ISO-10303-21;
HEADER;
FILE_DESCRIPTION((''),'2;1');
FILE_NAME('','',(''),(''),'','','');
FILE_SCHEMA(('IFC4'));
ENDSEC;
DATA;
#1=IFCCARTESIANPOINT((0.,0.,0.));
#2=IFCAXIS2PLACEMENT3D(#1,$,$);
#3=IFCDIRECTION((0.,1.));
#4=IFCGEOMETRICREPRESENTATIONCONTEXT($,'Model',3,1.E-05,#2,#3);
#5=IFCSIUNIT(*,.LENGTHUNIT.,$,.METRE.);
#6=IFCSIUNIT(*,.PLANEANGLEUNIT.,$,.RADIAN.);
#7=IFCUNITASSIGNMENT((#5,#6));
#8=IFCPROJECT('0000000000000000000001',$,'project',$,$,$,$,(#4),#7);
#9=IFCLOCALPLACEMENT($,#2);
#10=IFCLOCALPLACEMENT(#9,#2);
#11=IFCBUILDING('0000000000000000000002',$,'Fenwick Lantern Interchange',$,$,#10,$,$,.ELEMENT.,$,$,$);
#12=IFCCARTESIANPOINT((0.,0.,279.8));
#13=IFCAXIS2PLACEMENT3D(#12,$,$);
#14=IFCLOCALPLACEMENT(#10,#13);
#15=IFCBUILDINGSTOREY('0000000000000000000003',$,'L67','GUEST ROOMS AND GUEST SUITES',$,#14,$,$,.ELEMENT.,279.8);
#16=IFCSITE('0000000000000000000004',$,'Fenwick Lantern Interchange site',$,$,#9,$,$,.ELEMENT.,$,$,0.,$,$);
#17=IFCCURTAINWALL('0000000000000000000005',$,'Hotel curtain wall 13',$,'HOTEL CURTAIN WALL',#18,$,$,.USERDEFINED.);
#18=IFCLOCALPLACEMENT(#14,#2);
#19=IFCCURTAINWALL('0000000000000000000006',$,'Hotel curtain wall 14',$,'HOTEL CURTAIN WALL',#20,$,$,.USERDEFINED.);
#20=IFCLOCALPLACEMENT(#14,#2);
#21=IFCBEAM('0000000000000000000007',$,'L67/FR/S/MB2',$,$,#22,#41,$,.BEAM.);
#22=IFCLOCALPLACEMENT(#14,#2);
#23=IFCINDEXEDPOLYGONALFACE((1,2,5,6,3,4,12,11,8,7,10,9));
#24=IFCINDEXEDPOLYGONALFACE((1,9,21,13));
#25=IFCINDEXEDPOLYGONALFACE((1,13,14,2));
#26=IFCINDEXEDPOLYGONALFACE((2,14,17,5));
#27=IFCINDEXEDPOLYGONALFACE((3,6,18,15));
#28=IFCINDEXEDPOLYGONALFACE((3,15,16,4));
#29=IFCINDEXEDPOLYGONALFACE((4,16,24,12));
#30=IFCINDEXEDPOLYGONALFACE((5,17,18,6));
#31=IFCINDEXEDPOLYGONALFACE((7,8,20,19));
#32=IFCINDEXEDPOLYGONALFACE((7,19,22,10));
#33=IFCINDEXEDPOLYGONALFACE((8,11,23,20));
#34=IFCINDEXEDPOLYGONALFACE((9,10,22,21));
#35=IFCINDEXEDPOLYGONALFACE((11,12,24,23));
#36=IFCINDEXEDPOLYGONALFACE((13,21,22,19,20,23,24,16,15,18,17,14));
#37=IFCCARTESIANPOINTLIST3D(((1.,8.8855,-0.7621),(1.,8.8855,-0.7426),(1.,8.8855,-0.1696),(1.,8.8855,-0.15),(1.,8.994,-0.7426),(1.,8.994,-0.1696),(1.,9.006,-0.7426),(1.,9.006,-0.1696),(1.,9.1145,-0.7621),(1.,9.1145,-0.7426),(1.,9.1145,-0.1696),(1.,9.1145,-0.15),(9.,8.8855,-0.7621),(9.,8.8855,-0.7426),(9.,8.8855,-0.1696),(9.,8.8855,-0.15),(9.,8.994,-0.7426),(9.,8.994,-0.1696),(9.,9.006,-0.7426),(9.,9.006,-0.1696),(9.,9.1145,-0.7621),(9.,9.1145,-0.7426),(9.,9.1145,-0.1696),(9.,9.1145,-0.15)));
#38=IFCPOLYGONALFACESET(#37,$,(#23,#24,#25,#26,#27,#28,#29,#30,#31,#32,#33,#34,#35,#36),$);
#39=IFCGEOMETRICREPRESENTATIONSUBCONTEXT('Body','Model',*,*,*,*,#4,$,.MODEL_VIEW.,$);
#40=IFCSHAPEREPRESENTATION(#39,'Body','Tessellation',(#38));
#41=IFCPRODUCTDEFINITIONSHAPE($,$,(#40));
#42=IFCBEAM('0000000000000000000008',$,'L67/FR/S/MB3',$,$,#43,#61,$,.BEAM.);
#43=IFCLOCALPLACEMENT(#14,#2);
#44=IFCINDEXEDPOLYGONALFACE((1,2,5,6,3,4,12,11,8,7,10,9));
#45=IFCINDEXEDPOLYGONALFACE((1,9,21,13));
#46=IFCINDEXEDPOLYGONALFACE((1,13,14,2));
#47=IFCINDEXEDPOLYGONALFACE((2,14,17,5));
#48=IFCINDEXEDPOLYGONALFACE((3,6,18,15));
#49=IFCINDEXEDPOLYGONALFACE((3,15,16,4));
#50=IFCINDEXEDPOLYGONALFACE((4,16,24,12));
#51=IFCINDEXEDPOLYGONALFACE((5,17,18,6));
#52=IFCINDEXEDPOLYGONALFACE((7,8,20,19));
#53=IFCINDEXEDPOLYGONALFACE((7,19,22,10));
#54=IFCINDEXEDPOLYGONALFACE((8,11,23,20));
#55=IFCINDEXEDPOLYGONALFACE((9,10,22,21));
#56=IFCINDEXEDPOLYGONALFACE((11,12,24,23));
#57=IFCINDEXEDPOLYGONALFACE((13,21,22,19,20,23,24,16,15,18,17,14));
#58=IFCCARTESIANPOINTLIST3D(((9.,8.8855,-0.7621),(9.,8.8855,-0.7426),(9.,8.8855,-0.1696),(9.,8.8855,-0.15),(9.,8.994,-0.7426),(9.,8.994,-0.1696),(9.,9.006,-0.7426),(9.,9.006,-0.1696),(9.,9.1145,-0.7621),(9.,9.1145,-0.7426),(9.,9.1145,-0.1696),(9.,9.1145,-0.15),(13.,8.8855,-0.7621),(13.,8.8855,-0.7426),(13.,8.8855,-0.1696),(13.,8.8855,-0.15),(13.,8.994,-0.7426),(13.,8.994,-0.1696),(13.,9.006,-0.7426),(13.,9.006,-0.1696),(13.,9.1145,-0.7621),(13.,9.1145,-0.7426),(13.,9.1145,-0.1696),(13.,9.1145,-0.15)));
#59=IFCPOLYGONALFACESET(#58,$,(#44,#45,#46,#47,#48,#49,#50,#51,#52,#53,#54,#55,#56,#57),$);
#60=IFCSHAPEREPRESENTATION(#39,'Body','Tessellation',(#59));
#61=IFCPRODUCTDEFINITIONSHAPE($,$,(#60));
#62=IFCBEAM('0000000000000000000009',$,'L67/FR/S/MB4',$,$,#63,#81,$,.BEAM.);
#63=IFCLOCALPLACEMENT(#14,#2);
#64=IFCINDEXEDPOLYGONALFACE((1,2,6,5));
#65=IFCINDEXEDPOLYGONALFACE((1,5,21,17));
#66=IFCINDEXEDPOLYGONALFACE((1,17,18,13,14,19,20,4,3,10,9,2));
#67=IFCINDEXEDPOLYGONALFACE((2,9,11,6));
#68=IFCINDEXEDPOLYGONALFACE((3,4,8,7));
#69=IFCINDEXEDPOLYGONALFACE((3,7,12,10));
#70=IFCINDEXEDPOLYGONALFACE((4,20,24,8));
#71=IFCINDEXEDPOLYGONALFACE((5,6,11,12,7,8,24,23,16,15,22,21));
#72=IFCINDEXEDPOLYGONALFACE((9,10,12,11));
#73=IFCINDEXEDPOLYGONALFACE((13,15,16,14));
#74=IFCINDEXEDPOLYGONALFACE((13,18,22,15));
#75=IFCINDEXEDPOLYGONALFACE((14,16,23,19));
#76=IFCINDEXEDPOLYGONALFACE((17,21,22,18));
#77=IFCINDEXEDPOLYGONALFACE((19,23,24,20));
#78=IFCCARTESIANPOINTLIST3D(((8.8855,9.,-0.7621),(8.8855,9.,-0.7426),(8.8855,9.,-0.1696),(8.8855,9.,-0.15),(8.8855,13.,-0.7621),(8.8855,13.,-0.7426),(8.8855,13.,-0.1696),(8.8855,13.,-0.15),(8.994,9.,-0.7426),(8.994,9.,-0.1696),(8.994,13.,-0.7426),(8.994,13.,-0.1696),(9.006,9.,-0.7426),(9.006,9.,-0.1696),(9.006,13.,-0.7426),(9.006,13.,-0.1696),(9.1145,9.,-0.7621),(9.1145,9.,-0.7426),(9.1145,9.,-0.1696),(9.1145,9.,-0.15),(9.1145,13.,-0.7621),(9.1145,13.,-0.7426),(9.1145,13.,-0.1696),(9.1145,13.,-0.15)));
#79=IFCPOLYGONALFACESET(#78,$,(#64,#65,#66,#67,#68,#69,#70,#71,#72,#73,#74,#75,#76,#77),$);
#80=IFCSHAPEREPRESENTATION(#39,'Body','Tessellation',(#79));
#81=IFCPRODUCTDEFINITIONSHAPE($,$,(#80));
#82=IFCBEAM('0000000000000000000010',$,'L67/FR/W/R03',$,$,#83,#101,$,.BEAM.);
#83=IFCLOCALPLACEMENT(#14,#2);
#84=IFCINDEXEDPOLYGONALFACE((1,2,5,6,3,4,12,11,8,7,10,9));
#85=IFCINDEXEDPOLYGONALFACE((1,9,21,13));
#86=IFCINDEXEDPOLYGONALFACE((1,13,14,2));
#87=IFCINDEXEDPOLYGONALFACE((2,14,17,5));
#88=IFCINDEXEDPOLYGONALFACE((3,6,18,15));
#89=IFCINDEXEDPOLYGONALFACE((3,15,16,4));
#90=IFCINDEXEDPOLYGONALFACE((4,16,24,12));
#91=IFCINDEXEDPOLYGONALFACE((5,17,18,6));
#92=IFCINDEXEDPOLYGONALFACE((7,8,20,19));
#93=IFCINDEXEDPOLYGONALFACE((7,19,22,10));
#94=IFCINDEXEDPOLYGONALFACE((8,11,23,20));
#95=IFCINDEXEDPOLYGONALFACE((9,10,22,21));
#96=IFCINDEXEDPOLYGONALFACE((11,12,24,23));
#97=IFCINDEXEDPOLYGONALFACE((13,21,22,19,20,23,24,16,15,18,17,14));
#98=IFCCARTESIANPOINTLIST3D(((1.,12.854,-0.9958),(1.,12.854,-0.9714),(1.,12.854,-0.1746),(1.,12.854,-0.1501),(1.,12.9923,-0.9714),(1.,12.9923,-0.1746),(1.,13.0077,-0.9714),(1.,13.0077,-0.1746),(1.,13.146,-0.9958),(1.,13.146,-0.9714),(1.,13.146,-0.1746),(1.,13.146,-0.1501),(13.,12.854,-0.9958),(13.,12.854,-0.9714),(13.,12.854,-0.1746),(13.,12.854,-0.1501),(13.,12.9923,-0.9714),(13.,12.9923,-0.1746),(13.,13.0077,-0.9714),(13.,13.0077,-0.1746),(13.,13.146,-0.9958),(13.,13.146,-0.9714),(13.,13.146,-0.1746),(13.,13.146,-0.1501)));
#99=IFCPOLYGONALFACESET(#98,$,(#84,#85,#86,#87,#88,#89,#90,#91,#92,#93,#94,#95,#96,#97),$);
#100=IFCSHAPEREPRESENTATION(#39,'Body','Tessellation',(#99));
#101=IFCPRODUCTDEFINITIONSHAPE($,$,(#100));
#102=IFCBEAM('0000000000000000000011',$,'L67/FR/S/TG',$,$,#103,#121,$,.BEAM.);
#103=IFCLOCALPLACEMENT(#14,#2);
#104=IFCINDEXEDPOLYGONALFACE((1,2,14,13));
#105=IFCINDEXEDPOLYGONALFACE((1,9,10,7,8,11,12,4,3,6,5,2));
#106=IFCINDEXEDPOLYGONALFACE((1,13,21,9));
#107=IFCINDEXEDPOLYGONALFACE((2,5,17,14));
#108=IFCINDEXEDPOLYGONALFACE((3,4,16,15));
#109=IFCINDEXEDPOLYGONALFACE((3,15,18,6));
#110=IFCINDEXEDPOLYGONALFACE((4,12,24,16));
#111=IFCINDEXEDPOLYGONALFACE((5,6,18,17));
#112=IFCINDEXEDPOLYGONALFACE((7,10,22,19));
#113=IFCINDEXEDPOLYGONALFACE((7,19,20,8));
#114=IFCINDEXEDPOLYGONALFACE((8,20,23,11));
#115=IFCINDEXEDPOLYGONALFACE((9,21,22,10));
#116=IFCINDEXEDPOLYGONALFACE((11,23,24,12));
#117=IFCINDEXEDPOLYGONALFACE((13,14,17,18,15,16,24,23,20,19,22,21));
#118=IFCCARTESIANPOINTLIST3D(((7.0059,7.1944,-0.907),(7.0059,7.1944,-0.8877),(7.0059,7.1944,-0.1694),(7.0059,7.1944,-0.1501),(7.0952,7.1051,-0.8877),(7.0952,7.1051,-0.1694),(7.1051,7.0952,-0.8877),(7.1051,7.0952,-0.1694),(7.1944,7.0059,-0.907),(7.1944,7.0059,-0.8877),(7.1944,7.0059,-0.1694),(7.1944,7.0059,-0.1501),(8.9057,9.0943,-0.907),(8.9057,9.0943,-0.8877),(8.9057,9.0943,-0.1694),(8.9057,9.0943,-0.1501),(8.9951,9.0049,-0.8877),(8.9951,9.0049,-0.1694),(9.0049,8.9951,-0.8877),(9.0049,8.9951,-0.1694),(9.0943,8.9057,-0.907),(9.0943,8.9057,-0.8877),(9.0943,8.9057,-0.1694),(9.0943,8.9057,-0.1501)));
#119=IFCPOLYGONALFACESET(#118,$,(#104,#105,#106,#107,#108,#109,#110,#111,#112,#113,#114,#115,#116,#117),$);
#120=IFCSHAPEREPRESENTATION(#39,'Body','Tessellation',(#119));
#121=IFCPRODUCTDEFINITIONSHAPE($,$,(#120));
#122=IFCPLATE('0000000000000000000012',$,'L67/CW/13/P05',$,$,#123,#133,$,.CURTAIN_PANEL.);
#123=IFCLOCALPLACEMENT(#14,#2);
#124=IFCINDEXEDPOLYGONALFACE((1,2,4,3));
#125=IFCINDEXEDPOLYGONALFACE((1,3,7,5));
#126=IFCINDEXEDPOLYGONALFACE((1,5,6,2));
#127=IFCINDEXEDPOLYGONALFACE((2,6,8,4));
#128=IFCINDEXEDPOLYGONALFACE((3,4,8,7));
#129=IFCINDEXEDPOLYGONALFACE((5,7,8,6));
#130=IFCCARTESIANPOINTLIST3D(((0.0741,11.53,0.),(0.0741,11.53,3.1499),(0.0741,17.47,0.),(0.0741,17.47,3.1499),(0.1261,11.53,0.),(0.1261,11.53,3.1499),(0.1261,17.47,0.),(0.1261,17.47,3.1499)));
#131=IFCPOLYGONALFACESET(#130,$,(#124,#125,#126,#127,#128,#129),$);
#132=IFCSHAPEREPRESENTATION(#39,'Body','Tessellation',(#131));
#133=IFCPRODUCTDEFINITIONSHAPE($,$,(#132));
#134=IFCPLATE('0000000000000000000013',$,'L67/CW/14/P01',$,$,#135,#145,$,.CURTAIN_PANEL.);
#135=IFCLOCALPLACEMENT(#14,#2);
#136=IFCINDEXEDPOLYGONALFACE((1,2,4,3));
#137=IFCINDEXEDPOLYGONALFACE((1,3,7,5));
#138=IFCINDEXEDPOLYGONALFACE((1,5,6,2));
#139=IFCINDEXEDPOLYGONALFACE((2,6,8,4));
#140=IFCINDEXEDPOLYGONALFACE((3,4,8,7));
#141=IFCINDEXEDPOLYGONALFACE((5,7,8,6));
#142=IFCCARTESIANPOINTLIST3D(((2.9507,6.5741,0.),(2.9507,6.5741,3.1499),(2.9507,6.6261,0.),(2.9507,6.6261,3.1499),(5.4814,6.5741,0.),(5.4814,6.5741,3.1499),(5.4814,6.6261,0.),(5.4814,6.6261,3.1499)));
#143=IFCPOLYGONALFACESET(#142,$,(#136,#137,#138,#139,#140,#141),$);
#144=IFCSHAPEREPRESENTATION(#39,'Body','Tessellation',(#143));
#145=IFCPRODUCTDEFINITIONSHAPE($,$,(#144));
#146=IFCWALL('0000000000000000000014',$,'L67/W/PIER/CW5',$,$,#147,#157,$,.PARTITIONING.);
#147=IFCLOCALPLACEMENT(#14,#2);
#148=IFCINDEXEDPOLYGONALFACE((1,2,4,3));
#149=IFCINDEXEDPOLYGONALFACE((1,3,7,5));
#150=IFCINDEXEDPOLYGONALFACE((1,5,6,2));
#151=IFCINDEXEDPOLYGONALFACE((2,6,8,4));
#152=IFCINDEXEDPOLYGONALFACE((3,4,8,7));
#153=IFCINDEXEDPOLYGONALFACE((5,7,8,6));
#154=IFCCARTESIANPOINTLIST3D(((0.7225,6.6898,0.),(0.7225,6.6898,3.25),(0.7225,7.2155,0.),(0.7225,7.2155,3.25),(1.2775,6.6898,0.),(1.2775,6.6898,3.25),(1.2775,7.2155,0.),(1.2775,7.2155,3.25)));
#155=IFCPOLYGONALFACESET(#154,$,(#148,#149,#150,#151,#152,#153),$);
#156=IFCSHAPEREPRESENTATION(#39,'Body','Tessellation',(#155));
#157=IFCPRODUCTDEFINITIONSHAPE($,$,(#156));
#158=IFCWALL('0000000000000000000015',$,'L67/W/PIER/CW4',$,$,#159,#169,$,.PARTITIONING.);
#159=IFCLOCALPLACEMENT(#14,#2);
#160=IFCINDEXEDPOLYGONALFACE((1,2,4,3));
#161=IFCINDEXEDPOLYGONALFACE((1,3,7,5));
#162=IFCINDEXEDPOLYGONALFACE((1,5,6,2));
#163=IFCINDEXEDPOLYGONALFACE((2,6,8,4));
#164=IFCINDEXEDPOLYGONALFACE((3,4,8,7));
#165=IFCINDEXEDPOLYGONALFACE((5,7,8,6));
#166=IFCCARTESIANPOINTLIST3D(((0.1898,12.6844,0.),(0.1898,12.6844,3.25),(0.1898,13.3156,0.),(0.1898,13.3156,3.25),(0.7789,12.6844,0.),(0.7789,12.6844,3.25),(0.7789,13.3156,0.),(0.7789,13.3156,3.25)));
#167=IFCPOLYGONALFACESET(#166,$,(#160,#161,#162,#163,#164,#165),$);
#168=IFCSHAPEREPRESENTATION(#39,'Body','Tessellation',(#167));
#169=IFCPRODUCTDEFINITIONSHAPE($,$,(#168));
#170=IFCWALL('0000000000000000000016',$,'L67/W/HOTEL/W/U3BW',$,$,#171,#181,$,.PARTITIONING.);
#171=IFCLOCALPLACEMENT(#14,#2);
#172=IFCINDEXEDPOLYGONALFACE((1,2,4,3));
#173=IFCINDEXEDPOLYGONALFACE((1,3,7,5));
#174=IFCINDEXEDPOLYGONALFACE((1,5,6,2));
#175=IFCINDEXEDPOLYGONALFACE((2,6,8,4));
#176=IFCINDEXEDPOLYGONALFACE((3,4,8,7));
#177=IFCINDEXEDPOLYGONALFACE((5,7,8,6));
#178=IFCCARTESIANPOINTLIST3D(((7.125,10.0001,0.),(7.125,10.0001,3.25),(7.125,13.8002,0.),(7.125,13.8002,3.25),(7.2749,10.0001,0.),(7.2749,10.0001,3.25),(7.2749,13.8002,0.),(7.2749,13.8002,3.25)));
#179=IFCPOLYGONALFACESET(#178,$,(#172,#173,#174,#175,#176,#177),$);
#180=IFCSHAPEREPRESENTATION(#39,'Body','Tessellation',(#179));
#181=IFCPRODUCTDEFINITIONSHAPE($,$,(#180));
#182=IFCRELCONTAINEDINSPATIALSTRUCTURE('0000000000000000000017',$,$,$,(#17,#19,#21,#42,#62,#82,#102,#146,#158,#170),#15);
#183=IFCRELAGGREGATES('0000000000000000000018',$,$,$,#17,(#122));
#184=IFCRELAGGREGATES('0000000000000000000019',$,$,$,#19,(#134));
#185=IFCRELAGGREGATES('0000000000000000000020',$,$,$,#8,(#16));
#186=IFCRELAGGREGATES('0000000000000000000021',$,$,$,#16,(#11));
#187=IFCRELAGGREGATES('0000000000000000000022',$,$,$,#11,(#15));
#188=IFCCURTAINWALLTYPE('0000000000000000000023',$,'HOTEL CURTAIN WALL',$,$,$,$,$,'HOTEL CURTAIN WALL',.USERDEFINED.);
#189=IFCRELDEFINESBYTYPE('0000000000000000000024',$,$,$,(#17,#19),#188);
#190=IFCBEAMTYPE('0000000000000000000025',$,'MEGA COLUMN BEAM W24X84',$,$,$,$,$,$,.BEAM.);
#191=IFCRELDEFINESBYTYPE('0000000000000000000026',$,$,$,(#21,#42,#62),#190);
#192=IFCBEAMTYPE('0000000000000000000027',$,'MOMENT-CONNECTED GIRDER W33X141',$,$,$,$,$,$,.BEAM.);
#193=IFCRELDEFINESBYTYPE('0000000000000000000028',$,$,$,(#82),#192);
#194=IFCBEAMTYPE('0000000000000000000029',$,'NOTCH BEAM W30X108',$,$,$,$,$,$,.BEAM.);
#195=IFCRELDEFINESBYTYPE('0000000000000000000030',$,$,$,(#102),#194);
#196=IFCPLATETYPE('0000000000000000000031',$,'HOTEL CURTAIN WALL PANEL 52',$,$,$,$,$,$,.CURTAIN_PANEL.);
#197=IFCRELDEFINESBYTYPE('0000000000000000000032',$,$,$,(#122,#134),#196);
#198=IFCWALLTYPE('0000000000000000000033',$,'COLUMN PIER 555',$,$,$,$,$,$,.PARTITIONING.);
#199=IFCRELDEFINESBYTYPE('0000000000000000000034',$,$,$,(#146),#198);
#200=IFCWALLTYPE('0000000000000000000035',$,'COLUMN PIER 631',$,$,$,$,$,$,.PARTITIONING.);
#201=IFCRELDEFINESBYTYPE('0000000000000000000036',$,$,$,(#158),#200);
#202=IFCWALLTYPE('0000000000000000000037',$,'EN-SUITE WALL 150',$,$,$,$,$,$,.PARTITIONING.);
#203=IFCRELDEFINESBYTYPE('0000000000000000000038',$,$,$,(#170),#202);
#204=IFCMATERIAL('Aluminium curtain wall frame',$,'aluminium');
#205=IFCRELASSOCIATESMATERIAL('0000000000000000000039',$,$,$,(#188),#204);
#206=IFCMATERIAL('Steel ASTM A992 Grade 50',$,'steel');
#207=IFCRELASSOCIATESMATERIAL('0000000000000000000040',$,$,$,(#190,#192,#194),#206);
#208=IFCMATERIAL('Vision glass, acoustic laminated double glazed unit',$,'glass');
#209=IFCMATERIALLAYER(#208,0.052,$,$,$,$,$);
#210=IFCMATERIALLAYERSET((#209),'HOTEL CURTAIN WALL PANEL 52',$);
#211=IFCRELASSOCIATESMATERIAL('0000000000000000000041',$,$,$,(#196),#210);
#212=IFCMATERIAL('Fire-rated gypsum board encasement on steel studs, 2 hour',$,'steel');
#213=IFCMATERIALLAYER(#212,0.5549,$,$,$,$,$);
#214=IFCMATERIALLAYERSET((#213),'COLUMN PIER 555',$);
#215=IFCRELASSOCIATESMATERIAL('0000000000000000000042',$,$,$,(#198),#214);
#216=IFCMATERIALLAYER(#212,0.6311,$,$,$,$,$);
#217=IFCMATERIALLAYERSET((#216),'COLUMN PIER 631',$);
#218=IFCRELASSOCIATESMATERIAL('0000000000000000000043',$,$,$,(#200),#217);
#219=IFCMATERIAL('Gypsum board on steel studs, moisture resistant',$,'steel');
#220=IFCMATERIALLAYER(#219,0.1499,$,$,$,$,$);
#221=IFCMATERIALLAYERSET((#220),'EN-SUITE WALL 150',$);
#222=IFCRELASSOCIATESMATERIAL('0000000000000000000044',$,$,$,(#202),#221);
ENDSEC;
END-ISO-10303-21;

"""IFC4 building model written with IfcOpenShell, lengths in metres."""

from ifc_helpers import new_model, si_unit, direction, frame, frame_2d, origin, origin_2d, place, context, subcontext, project, spatial, rectangle, i_section, extrude, material, layer, layer_set, material_profile, profile_set, type_object, element, aggregate, save


model = new_model("IFC4")

# Units and contexts
model_context = context("Model", 3, precision=1e-05, world=origin(), true_north=direction((0.0, 1.0)))
body_context = subcontext(model_context, "Body", "Model", "MODEL_VIEW")
ifc_project = project(units=[si_unit("LENGTHUNIT", "METRE"), si_unit("PLANEANGLEUNIT", "RADIAN")], contexts=[model_context])

# Site, building, storey
site_placement = place(None, origin())
site = spatial("IfcSite", under=ifc_project, at=site_placement, Name="Fenwick Lantern Interchange site", CompositionType="ELEMENT", RefElevation=0.0)
building_placement = place(site_placement, origin())
building = spatial("IfcBuilding", under=site, at=building_placement, Name="Fenwick Lantern Interchange", CompositionType="ELEMENT")
storey_placement = place(building_placement, frame((0.0, 0.0, 279.8)))
storey = spatial("IfcBuildingStorey", under=building, at=storey_placement, Name="L67", Description="GUEST ROOMS AND GUEST SUITES", CompositionType="ELEMENT", Elevation=279.8)

# Shared definitions
ifc_material_1 = material(Name="Steel ASTM A992 Grade 50", Category="steel")

# Curtain walls
ifc_material_2 = material(Name="Aluminium curtain wall frame", Category="aluminium")
curtain_wall_type = type_object("IfcCurtainWallType", Name="HOTEL CURTAIN WALL", ElementType="HOTEL CURTAIN WALL", PredefinedType="USERDEFINED", material=ifc_material_2)
curtain_wall_1_placement = place(storey_placement, origin())
curtain_wall_1 = element("IfcCurtainWall", 1, at=curtain_wall_1_placement, inside=storey, type_object=curtain_wall_type, Name="Hotel curtain wall 13", ObjectType="HOTEL CURTAIN WALL", PredefinedType="USERDEFINED")
curtain_wall_2_placement = place(storey_placement, origin())
curtain_wall_2 = element("IfcCurtainWall", 2, at=curtain_wall_2_placement, inside=storey, type_object=curtain_wall_type, Name="Hotel curtain wall 14", ObjectType="HOTEL CURTAIN WALL", PredefinedType="USERDEFINED")

# Beams
ifc_material_profile_1 = material_profile(ifc_material_1, i_section(OverallWidth=0.229, OverallDepth=0.6121, WebThickness=0.012, FlangeThickness=0.0195, at=origin_2d()), Name="W24X84")
ifc_profile_set_1 = profile_set([ifc_material_profile_1], Name="Steel ASTM A992 Grade 50")
beam_type_1 = type_object("IfcBeamType", Name="MEGA COLUMN BEAM W24X84", PredefinedType="BEAM", material=ifc_profile_set_1)
for number, where, z_axis, x_axis, name in (
    (3, (9.0, 9.0, -0.4561), (-1.0, 0.0, 0.0), (0.0, -1.0, 0.0), "L67/FR/S/MB2"),
):
    element("IfcBeam", number, at=place(storey_placement, frame(where, z_axis=z_axis, x_axis=x_axis)), inside=storey, type_object=beam_type_1, Name=name, PredefinedType="BEAM", context=body_context, shape_type="SweptSolid", body=[
        extrude(i_section(OverallWidth=0.229, OverallDepth=0.6121, WebThickness=0.012, FlangeThickness=0.0195, at=origin_2d()), origin(), (0.0, 0.0, 1.0), 8.0),
    ])
for number, where, z_axis, x_axis, name in (
    (4, (9.0, 9.0, -0.4561), (1.0, 0.0, 0.0), (0.0, 1.0, 0.0), "L67/FR/S/MB3"),
    (5, (9.0, 9.0, -0.4561), (0.0, 1.0, 0.0), (-1.0, 0.0, 0.0), "L67/FR/S/MB4"),
):
    element("IfcBeam", number, at=place(storey_placement, frame(where, z_axis=z_axis, x_axis=x_axis)), inside=storey, type_object=beam_type_1, Name=name, PredefinedType="BEAM", context=body_context, shape_type="SweptSolid", body=[
        extrude(i_section(OverallWidth=0.229, OverallDepth=0.6121, WebThickness=0.012, FlangeThickness=0.0195, at=origin_2d()), origin(), (0.0, 0.0, 1.0), 4.0),
    ])
ifc_material_profile_2 = material_profile(ifc_material_1, i_section(OverallWidth=0.292, OverallDepth=0.8457, WebThickness=0.0154, FlangeThickness=0.0244, at=origin_2d()), Name="W33X141")
ifc_profile_set_2 = profile_set([ifc_material_profile_2], Name="Steel ASTM A992 Grade 50")
beam_type_2 = type_object("IfcBeamType", Name="MOMENT-CONNECTED GIRDER W33X141", PredefinedType="BEAM", material=ifc_profile_set_2)
beam_1_placement = place(storey_placement, frame((1.0, 13.0, -0.573), z_axis=(1.0, 0.0, 0.0), x_axis=(0.0, 1.0, 0.0)))
element("IfcBeam", 6, at=beam_1_placement, inside=storey, type_object=beam_type_2, Name="L67/FR/W/R03", PredefinedType="BEAM", context=body_context, shape_type="SweptSolid", body=[
    extrude(i_section(OverallWidth=0.292, OverallDepth=0.8457, WebThickness=0.0154, FlangeThickness=0.0244, at=origin_2d()), origin(), (0.0, 0.0, 1.0), 12.0),
])
ifc_material_profile_3 = material_profile(ifc_material_1, i_section(OverallWidth=0.2666, OverallDepth=0.7568, WebThickness=0.0139, FlangeThickness=0.0193, at=origin_2d()), Name="W30X108")
ifc_profile_set_3 = profile_set([ifc_material_profile_3], Name="Steel ASTM A992 Grade 50")
beam_type_3 = type_object("IfcBeamType", Name="NOTCH BEAM W30X108", PredefinedType="BEAM", material=ifc_profile_set_3)
beam_2_placement = place(storey_placement, frame((9.0, 9.0, -0.5286), z_axis=(-0.707107, -0.707107, 0.0), x_axis=(0.707107, -0.707107, 0.0)))
element("IfcBeam", 7, at=beam_2_placement, inside=storey, type_object=beam_type_3, Name="L67/FR/S/TG", PredefinedType="BEAM", context=body_context, shape_type="SweptSolid", body=[
    extrude(i_section(OverallWidth=0.2666, OverallDepth=0.7568, WebThickness=0.0139, FlangeThickness=0.0193, at=origin_2d()), origin(), (0.0, 0.0, 1.0), 2.6868),
])

# Plates
ifc_material_3 = material(Name="Vision glass, acoustic laminated double glazed unit", Category="glass")
ifc_layer_1 = layer(ifc_material_3, 0.052)
ifc_layer_set_1 = layer_set([ifc_layer_1], Name="HOTEL CURTAIN WALL PANEL 52")
plate_type = type_object("IfcPlateType", Name="HOTEL CURTAIN WALL PANEL 52", PredefinedType="CURTAIN_PANEL", material=ifc_layer_set_1)
plate_1_placement = place(storey_placement, frame((0.1001, 14.5, 0.0), z_axis=(0.0, 0.0, 1.0), x_axis=(0.0, -1.0, 0.0)))
plate_1 = element("IfcPlate", 8, at=plate_1_placement, type_object=plate_type, Name="L67/CW/13/P05", PredefinedType="CURTAIN_PANEL", context=body_context, shape_type="SweptSolid", body=[
    extrude(rectangle(XDim=5.9399, YDim=0.052, at=origin_2d()), origin(), (0.0, 0.0, 1.0), 3.1499),
])
aggregate(curtain_wall_1, [plate_1])
plate_2_placement = place(storey_placement, frame((4.2161, 6.6001, 0.0), z_axis=(0.0, 0.0, 1.0), x_axis=(1.0, 0.0, 0.0)))
plate_2 = element("IfcPlate", 9, at=plate_2_placement, type_object=plate_type, Name="L67/CW/14/P01", PredefinedType="CURTAIN_PANEL", context=body_context, shape_type="SweptSolid", body=[
    extrude(rectangle(XDim=2.5308, YDim=0.052, at=origin_2d()), origin(), (0.0, 0.0, 1.0), 3.1499),
])
aggregate(curtain_wall_2, [plate_2])

# Walls
ifc_material_4 = material(Name="Fire-rated gypsum board encasement on steel studs, 2 hour", Category="steel")
ifc_layer_2 = layer(ifc_material_4, 0.5549)
ifc_layer_set_2 = layer_set([ifc_layer_2], Name="COLUMN PIER 555")
wall_type_1 = type_object("IfcWallType", Name="COLUMN PIER 555", PredefinedType="PARTITIONING", material=ifc_layer_set_2)
wall_1_placement = place(storey_placement, frame((1.0, 6.6899, 0.0), z_axis=(0.0, 0.0, 1.0), x_axis=(0.0, 1.0, 0.0)))
element("IfcWall", 10, at=wall_1_placement, inside=storey, type_object=wall_type_1, Name="L67/W/PIER/CW5", PredefinedType="PARTITIONING", context=body_context, shape_type="SweptSolid", body=[
    extrude(rectangle(XDim=0.5256, YDim=0.5549, at=frame_2d((0.2627, 0.0))), origin(), (0.0, 0.0, 1.0), 3.25),
])
ifc_layer_3 = layer(ifc_material_4, 0.6311)
ifc_layer_set_3 = layer_set([ifc_layer_3], Name="COLUMN PIER 631")
wall_type_2 = type_object("IfcWallType", Name="COLUMN PIER 631", PredefinedType="PARTITIONING", material=ifc_layer_set_3)
wall_2_placement = place(storey_placement, frame((0.1899, 13.0, 0.0), z_axis=(0.0, 0.0, 1.0), x_axis=(1.0, 0.0, 0.0)))
element("IfcWall", 11, at=wall_2_placement, inside=storey, type_object=wall_type_2, Name="L67/W/PIER/CW4", PredefinedType="PARTITIONING", context=body_context, shape_type="SweptSolid", body=[
    extrude(rectangle(XDim=0.5891, YDim=0.6311, at=frame_2d((0.2944, 0.0))), origin(), (0.0, 0.0, 1.0), 3.25),
])
ifc_material_5 = material(Name="Gypsum board on steel studs, moisture resistant", Category="steel")
ifc_layer_4 = layer(ifc_material_5, 0.1499)
ifc_layer_set_4 = layer_set([ifc_layer_4], Name="EN-SUITE WALL 150")
wall_type_3 = type_object("IfcWallType", Name="EN-SUITE WALL 150", PredefinedType="PARTITIONING", material=ifc_layer_set_4)
wall_3_placement = place(storey_placement, frame((7.2, 13.8, 0.0), z_axis=(0.0, 0.0, 1.0), x_axis=(0.0, -1.0, 0.0)))
element("IfcWall", 12, at=wall_3_placement, inside=storey, type_object=wall_type_3, Name="L67/W/HOTEL/W/U3BW", PredefinedType="PARTITIONING", context=body_context, shape_type="SweptSolid", body=[
    extrude(rectangle(XDim=3.8, YDim=0.1499, at=frame_2d((1.8999, 0.0))), origin(), (0.0, 0.0, 1.0), 3.25),
])

save(model, "model.ifc")
